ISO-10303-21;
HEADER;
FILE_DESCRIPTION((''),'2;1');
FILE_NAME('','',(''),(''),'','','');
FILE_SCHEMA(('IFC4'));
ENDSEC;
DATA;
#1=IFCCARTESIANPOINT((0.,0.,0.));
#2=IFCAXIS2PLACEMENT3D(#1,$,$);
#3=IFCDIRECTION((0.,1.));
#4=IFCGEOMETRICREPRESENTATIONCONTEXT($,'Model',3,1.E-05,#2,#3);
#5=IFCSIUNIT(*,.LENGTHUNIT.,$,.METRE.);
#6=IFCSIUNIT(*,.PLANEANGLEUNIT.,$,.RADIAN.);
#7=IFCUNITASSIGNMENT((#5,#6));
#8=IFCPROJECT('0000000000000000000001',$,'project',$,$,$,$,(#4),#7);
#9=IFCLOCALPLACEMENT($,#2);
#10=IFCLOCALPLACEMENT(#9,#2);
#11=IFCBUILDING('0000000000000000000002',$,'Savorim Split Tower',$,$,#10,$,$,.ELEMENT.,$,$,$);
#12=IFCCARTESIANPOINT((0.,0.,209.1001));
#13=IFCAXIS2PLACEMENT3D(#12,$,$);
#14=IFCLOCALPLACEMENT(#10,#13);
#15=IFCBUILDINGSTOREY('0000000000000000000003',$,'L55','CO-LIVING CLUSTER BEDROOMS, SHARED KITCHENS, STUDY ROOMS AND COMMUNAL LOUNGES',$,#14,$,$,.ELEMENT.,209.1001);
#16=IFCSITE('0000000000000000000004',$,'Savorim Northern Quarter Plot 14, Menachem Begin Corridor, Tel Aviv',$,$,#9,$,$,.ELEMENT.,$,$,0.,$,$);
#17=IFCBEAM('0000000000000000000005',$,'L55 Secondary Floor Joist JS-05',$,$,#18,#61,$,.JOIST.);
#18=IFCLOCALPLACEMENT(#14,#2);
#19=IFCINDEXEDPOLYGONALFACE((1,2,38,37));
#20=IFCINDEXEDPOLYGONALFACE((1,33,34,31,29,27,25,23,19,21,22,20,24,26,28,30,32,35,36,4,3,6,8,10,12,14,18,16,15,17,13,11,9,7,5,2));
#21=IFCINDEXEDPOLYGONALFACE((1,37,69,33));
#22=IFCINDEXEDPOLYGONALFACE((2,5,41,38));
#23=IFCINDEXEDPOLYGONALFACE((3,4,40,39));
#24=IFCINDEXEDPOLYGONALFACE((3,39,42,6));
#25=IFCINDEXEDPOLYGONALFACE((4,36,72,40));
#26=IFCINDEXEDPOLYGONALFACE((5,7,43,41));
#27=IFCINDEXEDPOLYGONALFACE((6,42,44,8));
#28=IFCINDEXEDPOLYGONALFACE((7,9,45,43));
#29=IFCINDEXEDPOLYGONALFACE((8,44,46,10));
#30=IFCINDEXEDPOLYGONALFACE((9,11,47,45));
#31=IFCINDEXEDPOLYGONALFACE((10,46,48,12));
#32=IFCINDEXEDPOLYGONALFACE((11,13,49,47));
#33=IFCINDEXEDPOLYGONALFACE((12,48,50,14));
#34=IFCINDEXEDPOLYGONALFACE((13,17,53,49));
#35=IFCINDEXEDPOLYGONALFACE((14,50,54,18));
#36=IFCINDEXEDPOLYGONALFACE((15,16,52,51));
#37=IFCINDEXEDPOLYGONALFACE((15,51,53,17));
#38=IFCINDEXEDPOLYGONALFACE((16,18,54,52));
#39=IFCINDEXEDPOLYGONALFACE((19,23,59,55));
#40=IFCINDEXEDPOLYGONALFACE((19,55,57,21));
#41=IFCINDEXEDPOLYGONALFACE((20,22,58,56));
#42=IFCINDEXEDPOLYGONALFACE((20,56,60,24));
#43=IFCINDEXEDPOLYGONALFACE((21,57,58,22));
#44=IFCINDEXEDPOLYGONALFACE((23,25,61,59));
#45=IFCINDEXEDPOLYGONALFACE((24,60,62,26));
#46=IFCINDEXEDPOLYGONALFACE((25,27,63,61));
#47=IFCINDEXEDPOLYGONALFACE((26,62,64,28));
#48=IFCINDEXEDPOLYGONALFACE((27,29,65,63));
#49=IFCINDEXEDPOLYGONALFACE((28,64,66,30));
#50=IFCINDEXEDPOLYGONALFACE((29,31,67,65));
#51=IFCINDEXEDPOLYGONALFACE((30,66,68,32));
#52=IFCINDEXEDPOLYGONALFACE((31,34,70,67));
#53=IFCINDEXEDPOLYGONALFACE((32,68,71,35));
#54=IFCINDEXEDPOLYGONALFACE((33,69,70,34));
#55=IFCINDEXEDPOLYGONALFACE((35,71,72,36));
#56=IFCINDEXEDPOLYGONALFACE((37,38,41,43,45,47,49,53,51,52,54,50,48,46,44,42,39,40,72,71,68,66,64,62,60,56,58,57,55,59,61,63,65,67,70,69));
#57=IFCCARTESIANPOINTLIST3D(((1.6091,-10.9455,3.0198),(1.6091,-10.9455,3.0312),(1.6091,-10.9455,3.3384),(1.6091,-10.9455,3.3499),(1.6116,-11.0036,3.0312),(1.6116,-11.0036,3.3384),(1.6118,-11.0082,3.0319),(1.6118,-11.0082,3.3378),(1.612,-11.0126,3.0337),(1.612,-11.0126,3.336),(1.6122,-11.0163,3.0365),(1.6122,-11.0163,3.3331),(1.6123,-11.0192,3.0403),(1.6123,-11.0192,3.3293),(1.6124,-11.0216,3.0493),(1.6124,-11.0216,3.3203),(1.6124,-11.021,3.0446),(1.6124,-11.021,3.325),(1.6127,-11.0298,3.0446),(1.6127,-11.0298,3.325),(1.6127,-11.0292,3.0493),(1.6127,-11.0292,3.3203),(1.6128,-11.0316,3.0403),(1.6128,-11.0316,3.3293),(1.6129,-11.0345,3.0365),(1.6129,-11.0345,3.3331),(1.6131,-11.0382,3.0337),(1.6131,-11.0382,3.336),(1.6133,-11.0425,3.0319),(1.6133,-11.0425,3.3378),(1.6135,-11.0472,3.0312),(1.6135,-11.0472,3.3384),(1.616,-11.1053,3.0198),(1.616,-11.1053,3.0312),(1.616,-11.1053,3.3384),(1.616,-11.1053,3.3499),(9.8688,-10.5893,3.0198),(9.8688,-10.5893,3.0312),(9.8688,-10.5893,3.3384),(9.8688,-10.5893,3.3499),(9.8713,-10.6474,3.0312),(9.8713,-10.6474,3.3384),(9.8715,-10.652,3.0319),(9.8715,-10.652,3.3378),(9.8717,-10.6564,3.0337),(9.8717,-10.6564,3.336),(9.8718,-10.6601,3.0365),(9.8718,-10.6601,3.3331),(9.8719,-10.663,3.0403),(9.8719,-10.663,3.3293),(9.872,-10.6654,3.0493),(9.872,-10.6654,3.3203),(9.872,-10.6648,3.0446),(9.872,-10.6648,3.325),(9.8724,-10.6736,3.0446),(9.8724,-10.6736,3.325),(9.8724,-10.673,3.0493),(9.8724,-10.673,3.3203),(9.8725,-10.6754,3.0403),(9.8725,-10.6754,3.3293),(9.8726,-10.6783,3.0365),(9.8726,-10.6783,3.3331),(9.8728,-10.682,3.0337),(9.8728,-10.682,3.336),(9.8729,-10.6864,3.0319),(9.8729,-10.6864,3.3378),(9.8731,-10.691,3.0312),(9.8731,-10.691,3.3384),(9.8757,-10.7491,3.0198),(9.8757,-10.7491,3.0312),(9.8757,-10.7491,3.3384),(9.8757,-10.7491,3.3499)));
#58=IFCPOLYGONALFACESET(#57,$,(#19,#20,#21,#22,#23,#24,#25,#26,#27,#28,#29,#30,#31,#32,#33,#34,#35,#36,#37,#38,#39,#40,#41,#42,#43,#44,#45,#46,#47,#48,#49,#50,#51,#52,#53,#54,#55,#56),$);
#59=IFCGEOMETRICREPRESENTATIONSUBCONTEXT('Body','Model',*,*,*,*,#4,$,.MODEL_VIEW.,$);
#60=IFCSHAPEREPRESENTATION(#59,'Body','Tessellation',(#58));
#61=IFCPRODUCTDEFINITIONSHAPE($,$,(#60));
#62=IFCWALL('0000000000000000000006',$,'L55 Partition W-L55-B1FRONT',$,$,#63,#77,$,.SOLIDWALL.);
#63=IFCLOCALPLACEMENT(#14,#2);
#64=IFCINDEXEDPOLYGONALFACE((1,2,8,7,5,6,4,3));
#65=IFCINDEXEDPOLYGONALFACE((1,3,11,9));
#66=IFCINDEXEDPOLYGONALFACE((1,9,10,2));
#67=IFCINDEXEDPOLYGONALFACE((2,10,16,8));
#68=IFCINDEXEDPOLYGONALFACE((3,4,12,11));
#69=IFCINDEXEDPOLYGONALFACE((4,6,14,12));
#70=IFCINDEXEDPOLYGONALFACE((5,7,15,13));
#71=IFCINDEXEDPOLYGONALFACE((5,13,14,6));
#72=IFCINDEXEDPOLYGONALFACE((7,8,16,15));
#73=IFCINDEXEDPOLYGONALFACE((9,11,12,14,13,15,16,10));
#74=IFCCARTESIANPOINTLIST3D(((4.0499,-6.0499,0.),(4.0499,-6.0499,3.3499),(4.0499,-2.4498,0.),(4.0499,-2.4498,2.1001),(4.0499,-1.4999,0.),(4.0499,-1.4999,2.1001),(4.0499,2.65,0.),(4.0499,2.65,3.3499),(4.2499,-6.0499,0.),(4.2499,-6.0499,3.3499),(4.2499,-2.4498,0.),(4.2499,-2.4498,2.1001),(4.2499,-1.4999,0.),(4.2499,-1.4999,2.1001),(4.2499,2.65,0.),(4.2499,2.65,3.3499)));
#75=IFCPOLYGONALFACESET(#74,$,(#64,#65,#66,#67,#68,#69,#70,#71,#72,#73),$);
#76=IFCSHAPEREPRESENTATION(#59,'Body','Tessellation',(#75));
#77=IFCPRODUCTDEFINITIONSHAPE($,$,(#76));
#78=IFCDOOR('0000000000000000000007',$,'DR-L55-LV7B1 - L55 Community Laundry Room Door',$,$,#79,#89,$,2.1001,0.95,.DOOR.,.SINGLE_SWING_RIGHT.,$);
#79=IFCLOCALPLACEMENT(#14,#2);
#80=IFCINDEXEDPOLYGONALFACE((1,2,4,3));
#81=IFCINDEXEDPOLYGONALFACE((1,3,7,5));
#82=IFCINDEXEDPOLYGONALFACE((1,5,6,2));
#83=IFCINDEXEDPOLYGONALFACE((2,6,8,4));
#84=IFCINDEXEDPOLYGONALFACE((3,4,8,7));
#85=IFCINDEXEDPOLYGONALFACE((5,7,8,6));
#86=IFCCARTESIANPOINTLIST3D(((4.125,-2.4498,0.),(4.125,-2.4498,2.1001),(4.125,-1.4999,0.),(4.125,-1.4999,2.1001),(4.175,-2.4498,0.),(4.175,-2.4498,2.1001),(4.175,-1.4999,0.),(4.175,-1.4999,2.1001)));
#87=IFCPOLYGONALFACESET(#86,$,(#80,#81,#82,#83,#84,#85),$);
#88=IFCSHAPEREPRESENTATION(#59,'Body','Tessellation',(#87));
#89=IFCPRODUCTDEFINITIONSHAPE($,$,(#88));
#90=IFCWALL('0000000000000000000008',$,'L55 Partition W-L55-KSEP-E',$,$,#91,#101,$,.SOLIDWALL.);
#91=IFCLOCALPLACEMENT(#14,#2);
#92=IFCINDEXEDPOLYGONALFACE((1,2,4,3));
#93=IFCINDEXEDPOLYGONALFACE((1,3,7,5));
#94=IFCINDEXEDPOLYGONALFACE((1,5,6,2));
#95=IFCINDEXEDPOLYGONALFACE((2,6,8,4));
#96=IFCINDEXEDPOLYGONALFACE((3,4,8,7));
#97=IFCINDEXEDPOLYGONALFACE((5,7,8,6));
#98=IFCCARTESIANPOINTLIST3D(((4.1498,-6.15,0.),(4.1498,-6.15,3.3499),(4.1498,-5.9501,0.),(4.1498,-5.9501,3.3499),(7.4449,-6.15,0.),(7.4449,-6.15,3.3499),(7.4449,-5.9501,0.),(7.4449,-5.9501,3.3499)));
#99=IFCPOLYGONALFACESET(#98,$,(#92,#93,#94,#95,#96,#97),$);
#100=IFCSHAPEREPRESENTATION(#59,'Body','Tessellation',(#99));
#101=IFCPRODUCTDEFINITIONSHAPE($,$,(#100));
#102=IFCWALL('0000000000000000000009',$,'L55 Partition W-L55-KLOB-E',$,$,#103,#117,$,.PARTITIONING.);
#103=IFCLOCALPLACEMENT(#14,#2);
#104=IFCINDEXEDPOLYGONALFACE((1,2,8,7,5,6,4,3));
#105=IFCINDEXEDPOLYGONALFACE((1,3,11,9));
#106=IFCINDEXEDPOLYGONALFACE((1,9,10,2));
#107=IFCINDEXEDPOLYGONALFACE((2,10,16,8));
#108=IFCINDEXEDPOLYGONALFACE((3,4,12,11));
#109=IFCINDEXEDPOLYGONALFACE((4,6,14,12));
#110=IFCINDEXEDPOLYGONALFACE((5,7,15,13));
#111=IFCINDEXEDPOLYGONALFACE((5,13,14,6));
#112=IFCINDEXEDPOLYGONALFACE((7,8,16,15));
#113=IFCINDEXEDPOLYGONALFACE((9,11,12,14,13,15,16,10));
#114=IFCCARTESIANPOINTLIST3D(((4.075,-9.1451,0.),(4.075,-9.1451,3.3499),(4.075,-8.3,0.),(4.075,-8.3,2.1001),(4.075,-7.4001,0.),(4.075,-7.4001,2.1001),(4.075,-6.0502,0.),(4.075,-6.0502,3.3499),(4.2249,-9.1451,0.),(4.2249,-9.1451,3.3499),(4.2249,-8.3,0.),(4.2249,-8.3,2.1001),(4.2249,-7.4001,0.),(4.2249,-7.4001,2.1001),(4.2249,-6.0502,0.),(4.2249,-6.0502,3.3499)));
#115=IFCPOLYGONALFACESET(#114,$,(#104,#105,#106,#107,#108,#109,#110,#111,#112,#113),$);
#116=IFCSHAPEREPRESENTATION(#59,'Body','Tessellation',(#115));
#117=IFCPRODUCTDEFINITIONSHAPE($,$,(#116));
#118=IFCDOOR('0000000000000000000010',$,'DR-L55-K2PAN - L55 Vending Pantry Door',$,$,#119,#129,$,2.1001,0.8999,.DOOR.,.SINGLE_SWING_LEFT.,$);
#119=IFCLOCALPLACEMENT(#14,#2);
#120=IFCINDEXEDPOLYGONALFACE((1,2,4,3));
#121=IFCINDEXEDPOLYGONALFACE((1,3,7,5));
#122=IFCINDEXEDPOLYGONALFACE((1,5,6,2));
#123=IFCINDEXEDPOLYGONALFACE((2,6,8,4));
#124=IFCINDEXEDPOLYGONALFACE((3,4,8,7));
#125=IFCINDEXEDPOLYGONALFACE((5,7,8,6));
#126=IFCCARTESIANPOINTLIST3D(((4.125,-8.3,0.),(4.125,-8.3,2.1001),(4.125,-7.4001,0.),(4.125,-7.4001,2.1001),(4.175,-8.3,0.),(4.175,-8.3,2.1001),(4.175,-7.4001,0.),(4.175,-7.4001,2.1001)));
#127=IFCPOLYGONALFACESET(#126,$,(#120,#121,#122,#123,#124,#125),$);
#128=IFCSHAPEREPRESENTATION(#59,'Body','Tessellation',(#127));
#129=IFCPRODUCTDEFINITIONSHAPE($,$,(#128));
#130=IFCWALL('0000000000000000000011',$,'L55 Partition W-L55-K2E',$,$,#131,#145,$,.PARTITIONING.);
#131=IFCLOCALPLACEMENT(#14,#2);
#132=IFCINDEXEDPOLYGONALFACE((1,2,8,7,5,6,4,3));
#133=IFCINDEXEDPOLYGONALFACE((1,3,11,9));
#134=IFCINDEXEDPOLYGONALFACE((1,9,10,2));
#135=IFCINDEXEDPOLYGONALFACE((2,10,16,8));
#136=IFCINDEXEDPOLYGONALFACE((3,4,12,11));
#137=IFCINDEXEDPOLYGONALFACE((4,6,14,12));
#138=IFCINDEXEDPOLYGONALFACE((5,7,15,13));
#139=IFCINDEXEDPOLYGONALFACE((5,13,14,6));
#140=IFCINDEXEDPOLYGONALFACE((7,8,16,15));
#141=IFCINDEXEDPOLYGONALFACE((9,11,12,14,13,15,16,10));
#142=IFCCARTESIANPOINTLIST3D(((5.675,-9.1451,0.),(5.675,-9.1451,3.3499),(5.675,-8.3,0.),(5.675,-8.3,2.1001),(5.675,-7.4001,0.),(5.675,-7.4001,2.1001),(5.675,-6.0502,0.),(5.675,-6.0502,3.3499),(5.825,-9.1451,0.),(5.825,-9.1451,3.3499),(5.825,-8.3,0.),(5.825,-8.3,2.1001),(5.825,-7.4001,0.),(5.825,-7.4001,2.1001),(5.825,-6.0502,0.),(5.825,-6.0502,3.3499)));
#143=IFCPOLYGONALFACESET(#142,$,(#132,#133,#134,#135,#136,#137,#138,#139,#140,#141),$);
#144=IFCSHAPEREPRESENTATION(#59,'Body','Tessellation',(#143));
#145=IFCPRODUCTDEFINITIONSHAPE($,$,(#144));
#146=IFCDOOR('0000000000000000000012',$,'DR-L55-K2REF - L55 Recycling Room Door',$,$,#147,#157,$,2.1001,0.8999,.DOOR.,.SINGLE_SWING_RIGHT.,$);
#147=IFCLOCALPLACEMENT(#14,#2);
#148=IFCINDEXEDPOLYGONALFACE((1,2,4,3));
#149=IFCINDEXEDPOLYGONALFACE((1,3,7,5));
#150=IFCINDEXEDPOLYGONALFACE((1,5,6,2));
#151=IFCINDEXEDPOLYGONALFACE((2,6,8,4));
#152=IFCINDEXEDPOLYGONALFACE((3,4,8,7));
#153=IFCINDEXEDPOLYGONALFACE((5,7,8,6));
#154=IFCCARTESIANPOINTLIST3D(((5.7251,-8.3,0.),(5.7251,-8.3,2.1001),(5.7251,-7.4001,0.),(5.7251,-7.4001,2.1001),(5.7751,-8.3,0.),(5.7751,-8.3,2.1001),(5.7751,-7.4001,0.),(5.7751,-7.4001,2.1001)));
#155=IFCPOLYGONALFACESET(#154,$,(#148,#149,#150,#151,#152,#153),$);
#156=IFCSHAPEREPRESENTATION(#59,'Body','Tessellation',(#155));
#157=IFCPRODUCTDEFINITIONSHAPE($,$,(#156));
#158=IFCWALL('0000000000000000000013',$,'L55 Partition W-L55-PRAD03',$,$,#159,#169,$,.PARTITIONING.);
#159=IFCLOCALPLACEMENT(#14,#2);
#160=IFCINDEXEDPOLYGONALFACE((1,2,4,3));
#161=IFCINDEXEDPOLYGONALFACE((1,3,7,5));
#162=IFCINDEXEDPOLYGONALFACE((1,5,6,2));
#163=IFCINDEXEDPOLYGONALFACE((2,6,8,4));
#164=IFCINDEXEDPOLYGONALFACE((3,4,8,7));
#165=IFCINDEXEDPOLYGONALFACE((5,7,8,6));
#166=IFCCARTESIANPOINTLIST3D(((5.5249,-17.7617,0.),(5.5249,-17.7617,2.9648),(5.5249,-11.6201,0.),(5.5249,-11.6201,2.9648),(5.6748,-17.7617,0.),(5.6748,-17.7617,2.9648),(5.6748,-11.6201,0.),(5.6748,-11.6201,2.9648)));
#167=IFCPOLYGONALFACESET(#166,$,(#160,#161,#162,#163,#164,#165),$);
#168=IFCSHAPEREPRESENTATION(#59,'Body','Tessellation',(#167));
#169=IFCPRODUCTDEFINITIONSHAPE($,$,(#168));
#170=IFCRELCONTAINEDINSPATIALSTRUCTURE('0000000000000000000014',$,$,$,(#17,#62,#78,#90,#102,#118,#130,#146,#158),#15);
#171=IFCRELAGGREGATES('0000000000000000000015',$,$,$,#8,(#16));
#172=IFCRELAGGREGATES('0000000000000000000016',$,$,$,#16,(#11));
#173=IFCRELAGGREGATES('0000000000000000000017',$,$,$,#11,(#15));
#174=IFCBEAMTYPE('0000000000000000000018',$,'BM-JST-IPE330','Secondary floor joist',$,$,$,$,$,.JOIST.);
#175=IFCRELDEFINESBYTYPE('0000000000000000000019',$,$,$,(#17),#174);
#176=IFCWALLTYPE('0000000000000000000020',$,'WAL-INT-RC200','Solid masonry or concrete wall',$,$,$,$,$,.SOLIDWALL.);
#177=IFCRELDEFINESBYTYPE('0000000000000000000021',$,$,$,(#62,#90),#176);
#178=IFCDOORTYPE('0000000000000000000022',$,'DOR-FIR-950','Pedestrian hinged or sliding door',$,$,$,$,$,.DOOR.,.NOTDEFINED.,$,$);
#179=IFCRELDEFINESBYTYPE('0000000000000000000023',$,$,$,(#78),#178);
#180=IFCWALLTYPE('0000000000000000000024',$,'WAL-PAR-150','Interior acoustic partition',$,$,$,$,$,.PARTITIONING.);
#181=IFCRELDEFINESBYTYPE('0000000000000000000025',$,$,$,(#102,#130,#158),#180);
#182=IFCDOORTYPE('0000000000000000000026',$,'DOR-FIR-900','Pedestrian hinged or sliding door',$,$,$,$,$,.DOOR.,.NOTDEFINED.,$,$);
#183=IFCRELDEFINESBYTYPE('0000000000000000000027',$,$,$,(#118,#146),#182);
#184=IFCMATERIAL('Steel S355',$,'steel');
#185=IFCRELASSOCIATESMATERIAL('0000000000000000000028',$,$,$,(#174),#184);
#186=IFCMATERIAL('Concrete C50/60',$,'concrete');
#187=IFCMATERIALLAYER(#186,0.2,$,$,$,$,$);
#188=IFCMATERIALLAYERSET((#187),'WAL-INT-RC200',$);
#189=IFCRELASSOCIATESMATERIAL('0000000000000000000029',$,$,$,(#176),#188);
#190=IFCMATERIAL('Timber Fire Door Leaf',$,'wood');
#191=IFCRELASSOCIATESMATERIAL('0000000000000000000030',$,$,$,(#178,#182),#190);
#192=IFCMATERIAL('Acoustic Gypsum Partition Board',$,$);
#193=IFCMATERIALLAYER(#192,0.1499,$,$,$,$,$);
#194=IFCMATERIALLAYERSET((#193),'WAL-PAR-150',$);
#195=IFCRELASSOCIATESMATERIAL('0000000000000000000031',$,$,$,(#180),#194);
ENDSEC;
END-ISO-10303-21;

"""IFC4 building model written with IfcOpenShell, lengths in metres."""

from ifc_helpers import new_model, si_unit, direction, frame, frame_2d, origin, origin_2d, place, context, subcontext, project, spatial, rectangle, i_section, extrude, material, layer, layer_set, material_profile, profile_set, type_object, element, fill, save


model = new_model("IFC4")

# Units and contexts
model_context = context("Model", 3, precision=1e-05, world=origin(), true_north=direction((0.0, 1.0)))
body_context = subcontext(model_context, "Body", "Model", "MODEL_VIEW")
ifc_project = project(units=[si_unit("LENGTHUNIT", "METRE"), si_unit("PLANEANGLEUNIT", "RADIAN")], contexts=[model_context])

# Site, building, storey
site_placement = place(None, origin())
site = spatial("IfcSite", under=ifc_project, at=site_placement, Name="Savorim Northern Quarter Plot 14, Menachem Begin Corridor, Tel Aviv", CompositionType="ELEMENT", RefElevation=0.0)
building_placement = place(site_placement, origin())
building = spatial("IfcBuilding", under=site, at=building_placement, Name="Savorim Split Tower", CompositionType="ELEMENT")
storey_placement = place(building_placement, frame((0.0, 0.0, 209.1001)))
storey = spatial("IfcBuildingStorey", under=building, at=storey_placement, Name="L55", Description="CO-LIVING CLUSTER BEDROOMS, SHARED KITCHENS, STUDY ROOMS AND COMMUNAL LOUNGES", CompositionType="ELEMENT", Elevation=209.1001)

# Beam
ifc_material_1 = material(Name="Steel S355", Category="steel")
ifc_material_profile = material_profile(ifc_material_1, i_section(OverallWidth=0.1599, OverallDepth=0.3301, WebThickness=0.0076, FlangeThickness=0.0115, FilletRadius=0.0181, at=origin_2d()), Name="IPE 330")
ifc_profile_set = profile_set([ifc_material_profile], Name="Steel S355")
beam_type = type_object("IfcBeamType", Name="BM-JST-IPE330", Description="Secondary floor joist", PredefinedType="JOIST", material=ifc_profile_set)
beam_placement = place(storey_placement, frame((1.6125, -11.0254, 3.1848), z_axis=(0.999071, 0.043085, 0.0), x_axis=(-0.043085, 0.999071, 0.0)))
element("IfcBeam", 1, at=beam_placement, inside=storey, type_object=beam_type, Name="L55 Secondary Floor Joist JS-05", PredefinedType="JOIST", context=body_context, shape_type="SweptSolid", body=[
    extrude(i_section(OverallWidth=0.1599, OverallDepth=0.3301, WebThickness=0.0076, FlangeThickness=0.0115, FilletRadius=0.0181, at=origin_2d()), origin(), (0.0, 0.0, 1.0), 8.2673),
])

# Wall, opening, door
ifc_material_2 = material(Name="Concrete C50/60", Category="concrete")
ifc_layer_1 = layer(ifc_material_2, 0.2)
ifc_layer_set_1 = layer_set([ifc_layer_1], Name="WAL-INT-RC200")
wall_type_1 = type_object("IfcWallType", Name="WAL-INT-RC200", Description="Solid masonry or concrete wall", PredefinedType="SOLIDWALL", material=ifc_layer_set_1)
wall_1_placement = place(storey_placement, frame((4.1499, -6.05, 0.0), z_axis=(0.0, 0.0, 1.0), x_axis=(0.0, 1.0, 0.0)))
wall_1 = element("IfcWall", 2, at=wall_1_placement, inside=storey, type_object=wall_type_1, Name="L55 Partition W-L55-B1FRONT", PredefinedType="SOLIDWALL", context=body_context, shape_type="SweptSolid", body=[
    extrude(rectangle(XDim=8.7, YDim=0.2, at=frame_2d((4.3501, 0.0))), origin(), (0.0, 0.0, 1.0), 3.3499),
])
opening_1_placement = place(wall_1_placement, frame((3.6001, 0.0, 0.0)))
opening_1 = element("IfcOpeningElement", 3, at=opening_1_placement, cuts=wall_1, PredefinedType="OPENING", context=body_context, shape_type="SweptSolid", body=[
    extrude(rectangle(XDim=0.95, YDim=2.1001, at=frame_2d((0.4751, 1.05))), frame((0.0, 0.1099, 0.0), z_axis=(0.0, -1.0, 0.0), x_axis=(1.0, 0.0, 0.0)), (0.0, 0.0, 1.0), 0.22),
])
ifc_material_3 = material(Name="Timber Fire Door Leaf", Category="wood")
door_type_1 = type_object("IfcDoorType", Name="DOR-FIR-950", Description="Pedestrian hinged or sliding door", OperationType="NOTDEFINED", PredefinedType="DOOR", material=ifc_material_3)
door_1_placement = place(opening_1_placement, origin())
door_1 = element("IfcDoor", 4, at=door_1_placement, inside=storey, type_object=door_type_1, Name="DR-L55-LV7B1 - L55 Community Laundry Room Door", OperationType="SINGLE_SWING_RIGHT", OverallHeight=2.1001, OverallWidth=0.95, PredefinedType="DOOR", context=body_context, shape_type="SweptSolid", body=[
    extrude(rectangle(XDim=0.95, YDim=2.1001, at=frame_2d((0.4751, 1.05))), frame((0.0, 0.0249, 0.0), z_axis=(0.0, -1.0, 0.0), x_axis=(1.0, 0.0, 0.0)), (0.0, 0.0, 1.0), 0.05),
])
fill(opening_1, door_1)

# Wall
wall_2_placement = place(storey_placement, frame((4.1499, -6.05, 0.0), z_axis=(0.0, 0.0, 1.0), x_axis=(1.0, 0.0, 0.0)))
element("IfcWall", 5, at=wall_2_placement, inside=storey, type_object=wall_type_1, Name="L55 Partition W-L55-KSEP-E", PredefinedType="SOLIDWALL", context=body_context, shape_type="SweptSolid", body=[
    extrude(rectangle(XDim=3.2952, YDim=0.2, at=frame_2d((1.6475, 0.0))), origin(), (0.0, 0.0, 1.0), 3.3499),
])

# Walls, openings, doors
ifc_material_4 = material(Name="Acoustic Gypsum Partition Board")
ifc_layer_2 = layer(ifc_material_4, 0.1499)
ifc_layer_set_2 = layer_set([ifc_layer_2], Name="WAL-PAR-150")
wall_type_2 = type_object("IfcWallType", Name="WAL-PAR-150", Description="Interior acoustic partition", PredefinedType="PARTITIONING", material=ifc_layer_set_2)
wall_3_placement = place(storey_placement, frame((4.1499, -9.145, 0.0), z_axis=(0.0, 0.0, 1.0), x_axis=(0.0, 1.0, 0.0)))
wall_3 = element("IfcWall", 6, at=wall_3_placement, inside=storey, type_object=wall_type_2, Name="L55 Partition W-L55-KLOB-E", PredefinedType="PARTITIONING", context=body_context, shape_type="SweptSolid", body=[
    extrude(rectangle(XDim=3.095, YDim=0.1499, at=frame_2d((1.5474, 0.0))), origin(), (0.0, 0.0, 1.0), 3.3499),
])
opening_2_placement = place(wall_3_placement, frame((0.845, 0.0, 0.0)))
opening_2 = element("IfcOpeningElement", 7, at=opening_2_placement, cuts=wall_3, PredefinedType="OPENING", context=body_context, shape_type="SweptSolid", body=[
    extrude(rectangle(XDim=0.8999, YDim=2.1001, at=frame_2d((0.45, 1.05))), frame((0.0, 0.085, 0.0), z_axis=(0.0, -1.0, 0.0), x_axis=(1.0, 0.0, 0.0)), (0.0, 0.0, 1.0), 0.1699),
])
door_type_2 = type_object("IfcDoorType", Name="DOR-FIR-900", Description="Pedestrian hinged or sliding door", OperationType="NOTDEFINED", PredefinedType="DOOR", material=ifc_material_3)
door_2_placement = place(opening_2_placement, origin())
door_2 = element("IfcDoor", 8, at=door_2_placement, inside=storey, type_object=door_type_2, Name="DR-L55-K2PAN - L55 Vending Pantry Door", OperationType="SINGLE_SWING_LEFT", OverallHeight=2.1001, OverallWidth=0.8999, PredefinedType="DOOR", context=body_context, shape_type="SweptSolid", body=[
    extrude(rectangle(XDim=0.8999, YDim=2.1001, at=frame_2d((0.45, 1.05))), frame((0.0, 0.0249, 0.0), z_axis=(0.0, -1.0, 0.0), x_axis=(1.0, 0.0, 0.0)), (0.0, 0.0, 1.0), 0.05),
])
fill(opening_2, door_2)
wall_4_placement = place(storey_placement, frame((5.75, -9.145, 0.0), z_axis=(0.0, 0.0, 1.0), x_axis=(0.0, 1.0, 0.0)))
wall_4 = element("IfcWall", 9, at=wall_4_placement, inside=storey, type_object=wall_type_2, Name="L55 Partition W-L55-K2E", PredefinedType="PARTITIONING", context=body_context, shape_type="SweptSolid", body=[
    extrude(rectangle(XDim=3.095, YDim=0.1499, at=frame_2d((1.5474, 0.0))), origin(), (0.0, 0.0, 1.0), 3.3499),
])
opening_3_placement = place(wall_4_placement, frame((0.845, 0.0, 0.0)))
opening_3 = element("IfcOpeningElement", 10, at=opening_3_placement, cuts=wall_4, PredefinedType="OPENING", context=body_context, shape_type="SweptSolid", body=[
    extrude(rectangle(XDim=0.8999, YDim=2.1001, at=frame_2d((0.45, 1.05))), frame((0.0, 0.085, 0.0), z_axis=(0.0, -1.0, 0.0), x_axis=(1.0, 0.0, 0.0)), (0.0, 0.0, 1.0), 0.1699),
])
door_3_placement = place(opening_3_placement, origin())
door_3 = element("IfcDoor", 11, at=door_3_placement, inside=storey, type_object=door_type_2, Name="DR-L55-K2REF - L55 Recycling Room Door", OperationType="SINGLE_SWING_RIGHT", OverallHeight=2.1001, OverallWidth=0.8999, PredefinedType="DOOR", context=body_context, shape_type="SweptSolid", body=[
    extrude(rectangle(XDim=0.8999, YDim=2.1001, at=frame_2d((0.45, 1.05))), frame((0.0, 0.0249, 0.0), z_axis=(0.0, -1.0, 0.0), x_axis=(1.0, 0.0, 0.0)), (0.0, 0.0, 1.0), 0.05),
])
fill(opening_3, door_3)

# Wall
wall_5_placement = place(storey_placement, frame((5.5999, -11.6201, 0.0), z_axis=(0.0, 0.0, 1.0), x_axis=(0.0, -1.0, 0.0)))
element("IfcWall", 12, at=wall_5_placement, inside=storey, type_object=wall_type_2, Name="L55 Partition W-L55-PRAD03", PredefinedType="PARTITIONING", context=body_context, shape_type="SweptSolid", body=[
    extrude(rectangle(XDim=6.1416, YDim=0.1499, at=frame_2d((3.0708, 0.0))), origin(), (0.0, 0.0, 1.0), 2.9648),
])

save(model, "model.ifc")
